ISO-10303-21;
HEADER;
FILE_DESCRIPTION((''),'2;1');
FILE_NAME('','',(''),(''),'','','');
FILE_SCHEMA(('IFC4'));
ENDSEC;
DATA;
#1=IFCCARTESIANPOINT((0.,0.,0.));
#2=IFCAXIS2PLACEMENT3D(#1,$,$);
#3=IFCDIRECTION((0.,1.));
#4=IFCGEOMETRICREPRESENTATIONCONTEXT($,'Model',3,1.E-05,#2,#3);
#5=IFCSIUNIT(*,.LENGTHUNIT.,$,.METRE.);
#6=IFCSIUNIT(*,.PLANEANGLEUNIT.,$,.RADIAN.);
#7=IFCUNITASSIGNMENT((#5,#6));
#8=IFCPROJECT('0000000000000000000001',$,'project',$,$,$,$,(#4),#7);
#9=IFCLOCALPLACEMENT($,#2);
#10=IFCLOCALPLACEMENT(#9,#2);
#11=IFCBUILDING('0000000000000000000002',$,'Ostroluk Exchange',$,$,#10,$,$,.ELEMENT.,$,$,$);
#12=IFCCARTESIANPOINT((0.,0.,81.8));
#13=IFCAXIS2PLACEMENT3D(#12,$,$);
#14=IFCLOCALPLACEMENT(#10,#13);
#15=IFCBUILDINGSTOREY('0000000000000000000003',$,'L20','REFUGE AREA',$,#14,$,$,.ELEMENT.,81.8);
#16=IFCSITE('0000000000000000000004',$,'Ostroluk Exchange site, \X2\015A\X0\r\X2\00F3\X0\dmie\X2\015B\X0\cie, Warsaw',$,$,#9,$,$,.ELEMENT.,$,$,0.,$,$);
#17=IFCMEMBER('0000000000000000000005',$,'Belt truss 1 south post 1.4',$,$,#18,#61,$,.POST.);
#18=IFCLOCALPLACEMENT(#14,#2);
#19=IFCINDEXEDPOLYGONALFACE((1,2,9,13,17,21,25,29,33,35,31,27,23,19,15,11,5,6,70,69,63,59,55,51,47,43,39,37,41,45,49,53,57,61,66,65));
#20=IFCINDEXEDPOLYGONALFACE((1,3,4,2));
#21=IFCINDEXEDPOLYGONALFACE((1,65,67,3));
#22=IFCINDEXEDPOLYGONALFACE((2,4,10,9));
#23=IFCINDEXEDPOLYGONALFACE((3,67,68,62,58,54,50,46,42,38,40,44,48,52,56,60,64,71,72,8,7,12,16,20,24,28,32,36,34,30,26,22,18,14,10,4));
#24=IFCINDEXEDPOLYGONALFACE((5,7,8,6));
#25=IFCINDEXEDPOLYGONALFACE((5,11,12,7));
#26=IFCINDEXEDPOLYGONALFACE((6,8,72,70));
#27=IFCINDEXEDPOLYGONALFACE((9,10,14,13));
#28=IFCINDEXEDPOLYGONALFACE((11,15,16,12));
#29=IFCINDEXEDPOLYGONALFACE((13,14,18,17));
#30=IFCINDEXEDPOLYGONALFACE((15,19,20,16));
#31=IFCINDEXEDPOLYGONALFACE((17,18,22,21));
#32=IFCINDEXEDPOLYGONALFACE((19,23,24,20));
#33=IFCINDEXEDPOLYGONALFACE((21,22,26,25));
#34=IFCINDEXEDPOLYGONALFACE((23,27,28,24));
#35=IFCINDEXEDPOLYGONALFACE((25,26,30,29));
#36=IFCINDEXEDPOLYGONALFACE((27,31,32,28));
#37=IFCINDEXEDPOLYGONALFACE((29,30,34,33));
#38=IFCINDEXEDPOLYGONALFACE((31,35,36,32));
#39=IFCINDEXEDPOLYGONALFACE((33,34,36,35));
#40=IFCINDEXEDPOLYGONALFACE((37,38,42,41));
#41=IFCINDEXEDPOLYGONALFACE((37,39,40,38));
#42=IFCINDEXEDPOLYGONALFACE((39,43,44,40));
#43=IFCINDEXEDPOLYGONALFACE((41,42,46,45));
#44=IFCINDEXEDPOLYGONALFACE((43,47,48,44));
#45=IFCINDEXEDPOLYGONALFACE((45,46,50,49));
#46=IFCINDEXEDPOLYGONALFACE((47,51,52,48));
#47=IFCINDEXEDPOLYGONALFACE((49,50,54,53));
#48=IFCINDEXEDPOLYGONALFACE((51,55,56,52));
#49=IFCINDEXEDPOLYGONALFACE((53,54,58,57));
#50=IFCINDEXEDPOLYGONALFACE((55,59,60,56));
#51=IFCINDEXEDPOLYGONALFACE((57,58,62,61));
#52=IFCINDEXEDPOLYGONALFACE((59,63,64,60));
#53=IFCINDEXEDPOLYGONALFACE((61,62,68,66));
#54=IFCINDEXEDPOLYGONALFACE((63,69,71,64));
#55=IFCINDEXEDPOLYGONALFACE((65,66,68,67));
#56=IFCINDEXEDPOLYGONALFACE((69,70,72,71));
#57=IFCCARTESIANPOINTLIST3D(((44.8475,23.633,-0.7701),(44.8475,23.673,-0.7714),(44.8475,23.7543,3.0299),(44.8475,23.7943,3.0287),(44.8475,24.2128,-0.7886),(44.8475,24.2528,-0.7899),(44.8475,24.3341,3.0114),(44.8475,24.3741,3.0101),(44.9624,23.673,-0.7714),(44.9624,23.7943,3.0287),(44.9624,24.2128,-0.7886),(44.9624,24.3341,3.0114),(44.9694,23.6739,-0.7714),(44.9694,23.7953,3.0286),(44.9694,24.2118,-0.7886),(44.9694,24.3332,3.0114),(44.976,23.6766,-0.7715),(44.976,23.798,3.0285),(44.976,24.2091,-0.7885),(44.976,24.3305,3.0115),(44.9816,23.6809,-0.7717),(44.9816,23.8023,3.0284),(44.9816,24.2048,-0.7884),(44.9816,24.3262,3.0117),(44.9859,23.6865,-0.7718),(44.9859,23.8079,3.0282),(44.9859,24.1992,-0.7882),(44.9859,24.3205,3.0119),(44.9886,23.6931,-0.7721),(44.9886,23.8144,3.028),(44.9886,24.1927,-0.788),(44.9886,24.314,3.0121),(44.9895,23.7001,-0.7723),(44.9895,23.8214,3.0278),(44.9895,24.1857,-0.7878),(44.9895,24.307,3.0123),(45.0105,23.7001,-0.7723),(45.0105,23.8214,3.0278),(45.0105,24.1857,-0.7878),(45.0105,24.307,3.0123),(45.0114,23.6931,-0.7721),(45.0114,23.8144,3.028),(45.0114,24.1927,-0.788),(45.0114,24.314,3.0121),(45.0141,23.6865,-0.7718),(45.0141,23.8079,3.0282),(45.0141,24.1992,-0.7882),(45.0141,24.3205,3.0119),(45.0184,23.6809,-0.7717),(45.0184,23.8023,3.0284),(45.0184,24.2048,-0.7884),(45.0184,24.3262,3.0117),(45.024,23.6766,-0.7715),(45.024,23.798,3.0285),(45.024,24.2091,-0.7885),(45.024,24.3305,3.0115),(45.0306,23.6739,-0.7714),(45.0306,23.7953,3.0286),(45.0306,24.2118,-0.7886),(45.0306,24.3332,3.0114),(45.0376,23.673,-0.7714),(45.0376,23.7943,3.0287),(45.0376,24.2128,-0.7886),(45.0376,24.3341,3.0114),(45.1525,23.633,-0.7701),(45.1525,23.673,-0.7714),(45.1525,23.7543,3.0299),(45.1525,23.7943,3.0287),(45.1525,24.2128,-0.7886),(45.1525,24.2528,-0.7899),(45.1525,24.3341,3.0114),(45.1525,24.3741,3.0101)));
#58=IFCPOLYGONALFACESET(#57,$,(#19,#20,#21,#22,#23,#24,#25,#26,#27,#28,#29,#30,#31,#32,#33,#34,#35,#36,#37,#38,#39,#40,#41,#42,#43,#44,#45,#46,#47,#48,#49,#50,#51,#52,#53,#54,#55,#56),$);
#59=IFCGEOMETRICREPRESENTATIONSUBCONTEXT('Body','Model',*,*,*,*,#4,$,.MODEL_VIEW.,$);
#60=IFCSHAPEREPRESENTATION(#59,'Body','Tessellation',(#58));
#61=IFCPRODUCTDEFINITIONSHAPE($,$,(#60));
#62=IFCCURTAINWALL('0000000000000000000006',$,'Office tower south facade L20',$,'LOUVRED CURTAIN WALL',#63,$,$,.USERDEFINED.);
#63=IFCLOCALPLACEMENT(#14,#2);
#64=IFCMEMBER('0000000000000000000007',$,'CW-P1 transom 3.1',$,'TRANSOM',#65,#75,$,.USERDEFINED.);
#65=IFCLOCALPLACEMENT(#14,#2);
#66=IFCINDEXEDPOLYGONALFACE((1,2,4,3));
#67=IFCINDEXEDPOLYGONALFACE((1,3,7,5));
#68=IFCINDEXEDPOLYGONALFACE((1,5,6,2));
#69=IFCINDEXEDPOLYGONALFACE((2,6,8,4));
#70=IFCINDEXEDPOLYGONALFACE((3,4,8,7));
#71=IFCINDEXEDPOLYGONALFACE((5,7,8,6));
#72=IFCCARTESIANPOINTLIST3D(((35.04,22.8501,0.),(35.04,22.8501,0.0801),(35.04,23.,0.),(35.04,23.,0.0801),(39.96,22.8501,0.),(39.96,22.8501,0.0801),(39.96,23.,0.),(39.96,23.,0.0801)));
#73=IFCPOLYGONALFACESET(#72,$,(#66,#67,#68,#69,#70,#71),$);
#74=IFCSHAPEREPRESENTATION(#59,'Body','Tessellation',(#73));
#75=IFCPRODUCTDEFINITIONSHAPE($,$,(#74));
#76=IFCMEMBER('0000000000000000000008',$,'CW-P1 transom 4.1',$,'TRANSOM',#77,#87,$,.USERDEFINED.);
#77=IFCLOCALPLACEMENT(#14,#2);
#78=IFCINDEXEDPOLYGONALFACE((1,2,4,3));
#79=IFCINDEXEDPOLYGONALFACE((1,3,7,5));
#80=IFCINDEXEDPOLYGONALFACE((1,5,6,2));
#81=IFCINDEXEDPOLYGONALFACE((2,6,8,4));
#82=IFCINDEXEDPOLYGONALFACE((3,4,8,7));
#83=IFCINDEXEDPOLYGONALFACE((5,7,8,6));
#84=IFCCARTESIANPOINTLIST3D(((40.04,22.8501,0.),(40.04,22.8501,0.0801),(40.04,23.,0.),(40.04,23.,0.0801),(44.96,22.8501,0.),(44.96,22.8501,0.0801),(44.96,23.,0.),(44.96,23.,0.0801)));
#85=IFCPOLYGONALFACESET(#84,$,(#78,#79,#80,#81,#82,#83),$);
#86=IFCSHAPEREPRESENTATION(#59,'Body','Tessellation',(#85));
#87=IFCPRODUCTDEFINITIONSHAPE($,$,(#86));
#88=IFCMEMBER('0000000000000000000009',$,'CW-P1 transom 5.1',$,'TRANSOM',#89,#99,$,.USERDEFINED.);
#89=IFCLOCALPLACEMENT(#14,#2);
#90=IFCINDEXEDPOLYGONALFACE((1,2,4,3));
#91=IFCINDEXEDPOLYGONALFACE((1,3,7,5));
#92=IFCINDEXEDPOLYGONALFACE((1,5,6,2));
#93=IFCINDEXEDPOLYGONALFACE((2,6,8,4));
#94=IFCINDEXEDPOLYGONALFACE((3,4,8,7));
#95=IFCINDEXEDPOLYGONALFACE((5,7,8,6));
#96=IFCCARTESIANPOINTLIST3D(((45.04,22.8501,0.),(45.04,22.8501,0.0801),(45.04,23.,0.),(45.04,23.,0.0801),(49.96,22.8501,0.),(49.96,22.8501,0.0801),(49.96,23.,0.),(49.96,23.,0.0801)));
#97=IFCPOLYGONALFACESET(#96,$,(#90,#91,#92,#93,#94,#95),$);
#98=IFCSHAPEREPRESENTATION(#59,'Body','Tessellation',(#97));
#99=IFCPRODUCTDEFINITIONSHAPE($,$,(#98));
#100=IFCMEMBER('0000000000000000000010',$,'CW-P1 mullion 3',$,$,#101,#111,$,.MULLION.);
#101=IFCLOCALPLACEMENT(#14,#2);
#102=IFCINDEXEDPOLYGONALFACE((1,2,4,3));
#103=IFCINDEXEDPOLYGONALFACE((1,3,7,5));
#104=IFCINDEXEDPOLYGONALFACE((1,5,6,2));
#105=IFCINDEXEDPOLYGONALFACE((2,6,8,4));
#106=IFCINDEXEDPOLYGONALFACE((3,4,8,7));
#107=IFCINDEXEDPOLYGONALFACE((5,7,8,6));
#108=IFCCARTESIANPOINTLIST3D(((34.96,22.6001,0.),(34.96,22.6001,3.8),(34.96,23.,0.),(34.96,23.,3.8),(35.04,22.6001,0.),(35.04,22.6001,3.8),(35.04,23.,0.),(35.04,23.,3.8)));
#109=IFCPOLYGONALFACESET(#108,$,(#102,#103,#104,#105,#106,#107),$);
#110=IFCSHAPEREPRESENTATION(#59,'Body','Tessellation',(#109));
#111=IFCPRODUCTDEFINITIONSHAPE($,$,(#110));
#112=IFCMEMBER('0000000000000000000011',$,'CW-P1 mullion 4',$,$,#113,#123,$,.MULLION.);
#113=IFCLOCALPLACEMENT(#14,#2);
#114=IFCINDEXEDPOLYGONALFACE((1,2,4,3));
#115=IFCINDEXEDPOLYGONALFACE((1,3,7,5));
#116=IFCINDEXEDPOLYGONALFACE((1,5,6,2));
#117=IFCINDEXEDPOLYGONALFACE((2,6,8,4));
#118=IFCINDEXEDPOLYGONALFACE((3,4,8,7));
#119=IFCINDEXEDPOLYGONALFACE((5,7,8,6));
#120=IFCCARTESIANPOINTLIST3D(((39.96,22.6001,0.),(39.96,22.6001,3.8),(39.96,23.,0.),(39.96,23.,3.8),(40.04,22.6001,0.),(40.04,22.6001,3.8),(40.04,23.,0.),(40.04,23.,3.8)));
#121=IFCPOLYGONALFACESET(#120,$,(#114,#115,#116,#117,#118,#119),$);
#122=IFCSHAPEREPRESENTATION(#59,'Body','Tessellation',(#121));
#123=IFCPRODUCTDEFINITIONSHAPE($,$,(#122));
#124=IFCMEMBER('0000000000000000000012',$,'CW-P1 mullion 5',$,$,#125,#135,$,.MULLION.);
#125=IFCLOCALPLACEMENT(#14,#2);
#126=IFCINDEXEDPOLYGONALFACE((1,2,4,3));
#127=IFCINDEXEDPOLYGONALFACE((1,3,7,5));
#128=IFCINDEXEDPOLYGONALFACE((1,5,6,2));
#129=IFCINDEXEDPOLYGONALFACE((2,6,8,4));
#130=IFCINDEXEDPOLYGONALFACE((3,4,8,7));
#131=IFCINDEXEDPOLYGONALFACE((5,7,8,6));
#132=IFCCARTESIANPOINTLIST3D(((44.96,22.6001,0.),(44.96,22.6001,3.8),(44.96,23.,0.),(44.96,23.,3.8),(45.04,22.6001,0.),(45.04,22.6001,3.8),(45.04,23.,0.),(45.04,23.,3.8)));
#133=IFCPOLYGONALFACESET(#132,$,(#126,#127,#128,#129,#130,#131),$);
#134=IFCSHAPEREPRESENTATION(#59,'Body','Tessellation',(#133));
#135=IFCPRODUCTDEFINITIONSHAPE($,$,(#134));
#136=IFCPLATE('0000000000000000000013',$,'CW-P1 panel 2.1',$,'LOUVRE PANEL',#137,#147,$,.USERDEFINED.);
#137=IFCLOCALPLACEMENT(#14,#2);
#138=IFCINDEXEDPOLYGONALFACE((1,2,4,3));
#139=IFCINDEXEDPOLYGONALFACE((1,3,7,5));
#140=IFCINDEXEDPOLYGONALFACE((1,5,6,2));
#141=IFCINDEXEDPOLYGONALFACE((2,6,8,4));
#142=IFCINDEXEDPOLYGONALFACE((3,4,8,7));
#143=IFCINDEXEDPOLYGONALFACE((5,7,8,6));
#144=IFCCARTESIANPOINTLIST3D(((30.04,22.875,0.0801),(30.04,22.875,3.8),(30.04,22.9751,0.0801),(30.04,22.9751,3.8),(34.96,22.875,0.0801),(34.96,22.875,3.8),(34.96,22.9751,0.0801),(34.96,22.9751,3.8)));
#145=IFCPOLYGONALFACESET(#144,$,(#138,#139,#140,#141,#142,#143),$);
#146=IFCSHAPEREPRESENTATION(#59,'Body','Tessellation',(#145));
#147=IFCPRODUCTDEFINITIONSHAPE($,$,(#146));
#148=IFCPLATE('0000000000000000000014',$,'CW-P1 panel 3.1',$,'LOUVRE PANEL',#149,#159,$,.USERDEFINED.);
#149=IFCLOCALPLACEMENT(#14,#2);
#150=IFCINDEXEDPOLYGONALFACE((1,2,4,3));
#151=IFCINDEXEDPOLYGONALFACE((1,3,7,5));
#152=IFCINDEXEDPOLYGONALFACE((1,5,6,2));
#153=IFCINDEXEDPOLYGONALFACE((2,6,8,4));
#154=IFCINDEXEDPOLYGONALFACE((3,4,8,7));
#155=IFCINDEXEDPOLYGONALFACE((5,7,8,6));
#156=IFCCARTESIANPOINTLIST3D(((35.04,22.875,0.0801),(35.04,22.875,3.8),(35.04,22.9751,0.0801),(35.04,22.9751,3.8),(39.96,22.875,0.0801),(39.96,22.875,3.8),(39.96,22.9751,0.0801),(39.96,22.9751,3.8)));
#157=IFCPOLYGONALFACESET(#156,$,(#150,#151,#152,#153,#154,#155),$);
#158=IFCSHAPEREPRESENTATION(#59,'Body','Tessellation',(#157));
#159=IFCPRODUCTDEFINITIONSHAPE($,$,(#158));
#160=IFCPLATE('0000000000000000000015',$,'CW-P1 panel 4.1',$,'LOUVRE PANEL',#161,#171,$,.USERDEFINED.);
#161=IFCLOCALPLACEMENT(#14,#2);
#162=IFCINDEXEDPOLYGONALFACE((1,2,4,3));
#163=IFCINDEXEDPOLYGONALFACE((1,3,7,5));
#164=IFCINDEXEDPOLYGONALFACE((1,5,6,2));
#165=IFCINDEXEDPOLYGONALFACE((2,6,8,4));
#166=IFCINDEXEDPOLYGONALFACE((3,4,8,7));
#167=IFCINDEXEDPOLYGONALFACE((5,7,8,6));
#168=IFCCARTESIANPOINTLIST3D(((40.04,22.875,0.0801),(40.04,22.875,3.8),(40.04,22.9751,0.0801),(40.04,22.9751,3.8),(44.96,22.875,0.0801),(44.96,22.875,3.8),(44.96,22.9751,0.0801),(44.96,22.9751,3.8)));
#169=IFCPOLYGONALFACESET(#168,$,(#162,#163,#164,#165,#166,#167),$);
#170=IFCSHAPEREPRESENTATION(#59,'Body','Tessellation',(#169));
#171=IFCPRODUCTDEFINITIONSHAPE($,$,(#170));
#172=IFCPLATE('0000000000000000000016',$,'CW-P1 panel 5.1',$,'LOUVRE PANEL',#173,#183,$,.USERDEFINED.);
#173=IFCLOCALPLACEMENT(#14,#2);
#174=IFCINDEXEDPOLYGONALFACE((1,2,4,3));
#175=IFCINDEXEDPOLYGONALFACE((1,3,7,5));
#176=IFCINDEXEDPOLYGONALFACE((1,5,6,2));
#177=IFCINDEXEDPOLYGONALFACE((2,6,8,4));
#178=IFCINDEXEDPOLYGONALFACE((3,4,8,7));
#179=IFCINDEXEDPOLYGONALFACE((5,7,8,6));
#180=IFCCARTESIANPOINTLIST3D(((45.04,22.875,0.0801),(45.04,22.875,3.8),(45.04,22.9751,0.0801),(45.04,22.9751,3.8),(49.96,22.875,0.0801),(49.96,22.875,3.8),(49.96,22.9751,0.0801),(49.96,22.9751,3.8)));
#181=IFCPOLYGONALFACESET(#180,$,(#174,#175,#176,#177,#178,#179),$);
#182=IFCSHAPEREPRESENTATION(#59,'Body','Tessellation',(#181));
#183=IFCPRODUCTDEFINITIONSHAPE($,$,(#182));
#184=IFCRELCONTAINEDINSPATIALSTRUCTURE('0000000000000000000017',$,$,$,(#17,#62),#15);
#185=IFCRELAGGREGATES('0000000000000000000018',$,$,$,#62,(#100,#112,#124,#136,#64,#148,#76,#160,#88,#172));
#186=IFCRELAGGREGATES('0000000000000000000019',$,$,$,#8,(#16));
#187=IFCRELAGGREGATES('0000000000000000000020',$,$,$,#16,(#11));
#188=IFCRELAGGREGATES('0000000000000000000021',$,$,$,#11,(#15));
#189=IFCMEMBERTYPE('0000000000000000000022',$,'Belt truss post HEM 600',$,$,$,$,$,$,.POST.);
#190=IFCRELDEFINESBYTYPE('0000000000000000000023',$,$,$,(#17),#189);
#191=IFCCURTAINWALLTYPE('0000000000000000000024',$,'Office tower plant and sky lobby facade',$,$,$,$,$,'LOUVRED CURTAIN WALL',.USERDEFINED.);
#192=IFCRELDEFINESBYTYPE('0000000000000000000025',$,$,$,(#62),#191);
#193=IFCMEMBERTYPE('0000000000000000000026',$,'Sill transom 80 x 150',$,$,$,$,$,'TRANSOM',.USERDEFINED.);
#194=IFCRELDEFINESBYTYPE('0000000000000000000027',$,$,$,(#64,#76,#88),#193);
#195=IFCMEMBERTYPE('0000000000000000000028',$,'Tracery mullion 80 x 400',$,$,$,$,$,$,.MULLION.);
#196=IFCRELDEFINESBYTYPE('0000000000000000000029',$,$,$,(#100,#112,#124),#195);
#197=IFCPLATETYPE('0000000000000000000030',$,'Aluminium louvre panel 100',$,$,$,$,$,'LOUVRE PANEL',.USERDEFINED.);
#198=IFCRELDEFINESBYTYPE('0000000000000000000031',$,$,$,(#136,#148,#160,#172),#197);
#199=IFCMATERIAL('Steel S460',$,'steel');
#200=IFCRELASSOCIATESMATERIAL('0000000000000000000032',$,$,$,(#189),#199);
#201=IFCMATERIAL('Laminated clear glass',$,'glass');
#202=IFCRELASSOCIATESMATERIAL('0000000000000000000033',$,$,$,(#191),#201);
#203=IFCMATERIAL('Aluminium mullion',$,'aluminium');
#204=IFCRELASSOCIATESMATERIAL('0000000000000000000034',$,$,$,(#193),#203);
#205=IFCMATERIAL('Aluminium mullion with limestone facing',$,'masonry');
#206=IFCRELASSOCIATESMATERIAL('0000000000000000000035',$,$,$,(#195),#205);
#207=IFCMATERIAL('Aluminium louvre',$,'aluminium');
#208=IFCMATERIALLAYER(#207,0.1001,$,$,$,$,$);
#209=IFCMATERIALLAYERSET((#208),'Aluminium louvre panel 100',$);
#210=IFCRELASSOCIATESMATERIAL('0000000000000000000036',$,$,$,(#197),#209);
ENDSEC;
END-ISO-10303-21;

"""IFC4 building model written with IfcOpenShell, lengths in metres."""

from ifc_helpers import new_model, si_unit, direction, frame, origin, origin_2d, place, context, subcontext, project, spatial, rectangle, i_section, extrude, material, layer, layer_set, material_profile, profile_set, type_object, element, aggregate, save


model = new_model("IFC4")

# Units and contexts
model_context = context("Model", 3, precision=1e-05, world=origin(), true_north=direction((0.0, 1.0)))
body_context = subcontext(model_context, "Body", "Model", "MODEL_VIEW")
ifc_project = project(units=[si_unit("LENGTHUNIT", "METRE"), si_unit("PLANEANGLEUNIT", "RADIAN")], contexts=[model_context])

# Site, building, storey
site_placement = place(None, origin())
site = spatial("IfcSite", under=ifc_project, at=site_placement, Name="Ostroluk Exchange site, Śródmieście, Warsaw", CompositionType="ELEMENT", RefElevation=0.0)
building_placement = place(site_placement, origin())
building = spatial("IfcBuilding", under=site, at=building_placement, Name="Ostroluk Exchange", CompositionType="ELEMENT")
storey_placement = place(building_placement, frame((0.0, 0.0, 81.8)))
storey = spatial("IfcBuildingStorey", under=building, at=storey_placement, Name="L20", Description="REFUGE AREA", CompositionType="ELEMENT", Elevation=81.8)

# Member
ifc_material_1 = material(Name="Steel S460", Category="steel")
ifc_material_profile_1 = material_profile(ifc_material_1, i_section(OverallWidth=0.3049, OverallDepth=0.6201, WebThickness=0.021, FlangeThickness=0.04, FilletRadius=0.0271, at=origin_2d()), Name="HEM 600")
ifc_profile_set_1 = profile_set([ifc_material_profile_1], Name="Steel S460")
member_type_1 = type_object("IfcMemberType", Name="Belt truss post HEM 600", PredefinedType="POST", material=ifc_profile_set_1)
member_1_placement = place(storey_placement, frame((45.0, 23.9429, -0.78), z_axis=(0.0, 0.031914, 0.999491), x_axis=(-1.0, 0.0, 0.0)))
element("IfcMember", 1, at=member_1_placement, inside=storey, type_object=member_type_1, Name="Belt truss 1 south post 1.4", PredefinedType="POST", context=body_context, shape_type="SweptSolid", body=[
    extrude(i_section(OverallWidth=0.3049, OverallDepth=0.6201, WebThickness=0.021, FlangeThickness=0.04, FilletRadius=0.0271, at=origin_2d()), origin(), (0.0, 0.0, 1.0), 3.802),
])

# Curtain wall, members, plates
ifc_material_2 = material(Name="Laminated clear glass", Category="glass")
curtain_wall_type = type_object("IfcCurtainWallType", Name="Office tower plant and sky lobby facade", ElementType="LOUVRED CURTAIN WALL", PredefinedType="USERDEFINED", material=ifc_material_2)
curtain_wall_placement = place(storey_placement, origin())
curtain_wall = element("IfcCurtainWall", 2, at=curtain_wall_placement, inside=storey, type_object=curtain_wall_type, Name="Office tower south facade L20", ObjectType="LOUVRED CURTAIN WALL", PredefinedType="USERDEFINED")
ifc_material_3 = material(Name="Aluminium mullion", Category="aluminium")
ifc_material_profile_2 = material_profile(ifc_material_3, rectangle(XDim=0.1499, YDim=0.0801, at=origin_2d()), Name="Sill transom 80 x 150")
ifc_profile_set_2 = profile_set([ifc_material_profile_2], Name="Aluminium mullion")
member_type_2 = type_object("IfcMemberType", Name="Sill transom 80 x 150", ElementType="TRANSOM", PredefinedType="USERDEFINED", material=ifc_profile_set_2)
member_2_placement = place(storey_placement, frame((35.04, 22.925, 0.04), z_axis=(1.0, 0.0, 0.0), x_axis=(0.0, 1.0, 0.0)))
member_2 = element("IfcMember", 3, at=member_2_placement, type_object=member_type_2, Name="CW-P1 transom 3.1", ObjectType="TRANSOM", PredefinedType="USERDEFINED", context=body_context, shape_type="SweptSolid", body=[
    extrude(rectangle(XDim=0.1499, YDim=0.0801, at=origin_2d()), origin(), (0.0, 0.0, 1.0), 4.9199),
])
member_3_placement = place(storey_placement, frame((40.04, 22.925, 0.04), z_axis=(1.0, 0.0, 0.0), x_axis=(0.0, 1.0, 0.0)))
member_3 = element("IfcMember", 4, at=member_3_placement, type_object=member_type_2, Name="CW-P1 transom 4.1", ObjectType="TRANSOM", PredefinedType="USERDEFINED", context=body_context, shape_type="SweptSolid", body=[
    extrude(rectangle(XDim=0.1499, YDim=0.0801, at=origin_2d()), origin(), (0.0, 0.0, 1.0), 4.9199),
])
member_4_placement = place(storey_placement, frame((45.04, 22.925, 0.04), z_axis=(1.0, 0.0, 0.0), x_axis=(0.0, 1.0, 0.0)))
member_4 = element("IfcMember", 5, at=member_4_placement, type_object=member_type_2, Name="CW-P1 transom 5.1", ObjectType="TRANSOM", PredefinedType="USERDEFINED", context=body_context, shape_type="SweptSolid", body=[
    extrude(rectangle(XDim=0.1499, YDim=0.0801, at=origin_2d()), origin(), (0.0, 0.0, 1.0), 4.9199),
])
ifc_material_4 = material(Name="Aluminium mullion with limestone facing", Category="masonry")
ifc_material_profile_3 = material_profile(ifc_material_4, rectangle(XDim=0.3999, YDim=0.0801, at=origin_2d()), Name="Tracery mullion 80 x 400")
ifc_profile_set_3 = profile_set([ifc_material_profile_3], Name="Aluminium mullion with limestone facing")
member_type_3 = type_object("IfcMemberType", Name="Tracery mullion 80 x 400", PredefinedType="MULLION", material=ifc_profile_set_3)
member_5_placement = place(storey_placement, frame((35.0, 22.8, 0.0), z_axis=(0.0, 0.0, 1.0), x_axis=(0.0, 1.0, 0.0)))
member_5 = element("IfcMember", 6, at=member_5_placement, type_object=member_type_3, Name="CW-P1 mullion 3", PredefinedType="MULLION", context=body_context, shape_type="SweptSolid", body=[
    extrude(rectangle(XDim=0.3999, YDim=0.0801, at=origin_2d()), origin(), (0.0, 0.0, 1.0), 3.8),
])
member_6_placement = place(storey_placement, frame((40.0, 22.8, 0.0), z_axis=(0.0, 0.0, 1.0), x_axis=(0.0, 1.0, 0.0)))
member_6 = element("IfcMember", 7, at=member_6_placement, type_object=member_type_3, Name="CW-P1 mullion 4", PredefinedType="MULLION", context=body_context, shape_type="SweptSolid", body=[
    extrude(rectangle(XDim=0.3999, YDim=0.0801, at=origin_2d()), origin(), (0.0, 0.0, 1.0), 3.8),
])
member_7_placement = place(storey_placement, frame((45.0, 22.8, 0.0), z_axis=(0.0, 0.0, 1.0), x_axis=(0.0, 1.0, 0.0)))
member_7 = element("IfcMember", 8, at=member_7_placement, type_object=member_type_3, Name="CW-P1 mullion 5", PredefinedType="MULLION", context=body_context, shape_type="SweptSolid", body=[
    extrude(rectangle(XDim=0.3999, YDim=0.0801, at=origin_2d()), origin(), (0.0, 0.0, 1.0), 3.8),
])
ifc_material_5 = material(Name="Aluminium louvre", Category="aluminium")
ifc_layer = layer(ifc_material_5, 0.1001)
ifc_layer_set = layer_set([ifc_layer], Name="Aluminium louvre panel 100")
plate_type = type_object("IfcPlateType", Name="Aluminium louvre panel 100", ElementType="LOUVRE PANEL", PredefinedType="USERDEFINED", material=ifc_layer_set)
plate_1_placement = place(storey_placement, frame((32.5, 22.925, 0.0801), z_axis=(0.0, 0.0, 1.0), x_axis=(1.0, 0.0, 0.0)))
plate_1 = element("IfcPlate", 9, at=plate_1_placement, type_object=plate_type, Name="CW-P1 panel 2.1", ObjectType="LOUVRE PANEL", PredefinedType="USERDEFINED", context=body_context, shape_type="SweptSolid", body=[
    extrude(rectangle(XDim=4.9199, YDim=0.1001, at=origin_2d()), origin(), (0.0, 0.0, 1.0), 3.72),
])
plate_2_placement = place(storey_placement, frame((37.5, 22.925, 0.0801), z_axis=(0.0, 0.0, 1.0), x_axis=(1.0, 0.0, 0.0)))
plate_2 = element("IfcPlate", 10, at=plate_2_placement, type_object=plate_type, Name="CW-P1 panel 3.1", ObjectType="LOUVRE PANEL", PredefinedType="USERDEFINED", context=body_context, shape_type="SweptSolid", body=[
    extrude(rectangle(XDim=4.9199, YDim=0.1001, at=origin_2d()), origin(), (0.0, 0.0, 1.0), 3.72),
])
plate_3_placement = place(storey_placement, frame((42.5, 22.925, 0.0801), z_axis=(0.0, 0.0, 1.0), x_axis=(1.0, 0.0, 0.0)))
plate_3 = element("IfcPlate", 11, at=plate_3_placement, type_object=plate_type, Name="CW-P1 panel 4.1", ObjectType="LOUVRE PANEL", PredefinedType="USERDEFINED", context=body_context, shape_type="SweptSolid", body=[
    extrude(rectangle(XDim=4.9199, YDim=0.1001, at=origin_2d()), origin(), (0.0, 0.0, 1.0), 3.72),
])
plate_4_placement = place(storey_placement, frame((47.5, 22.925, 0.0801), z_axis=(0.0, 0.0, 1.0), x_axis=(1.0, 0.0, 0.0)))
plate_4 = element("IfcPlate", 12, at=plate_4_placement, type_object=plate_type, Name="CW-P1 panel 5.1", ObjectType="LOUVRE PANEL", PredefinedType="USERDEFINED", context=body_context, shape_type="SweptSolid", body=[
    extrude(rectangle(XDim=4.9199, YDim=0.1001, at=origin_2d()), origin(), (0.0, 0.0, 1.0), 3.72),
])
aggregate(curtain_wall, [member_5, member_6, member_7, plate_1, member_2, plate_2, member_3, plate_3, member_4, plate_4])

save(model, "model.ifc")
